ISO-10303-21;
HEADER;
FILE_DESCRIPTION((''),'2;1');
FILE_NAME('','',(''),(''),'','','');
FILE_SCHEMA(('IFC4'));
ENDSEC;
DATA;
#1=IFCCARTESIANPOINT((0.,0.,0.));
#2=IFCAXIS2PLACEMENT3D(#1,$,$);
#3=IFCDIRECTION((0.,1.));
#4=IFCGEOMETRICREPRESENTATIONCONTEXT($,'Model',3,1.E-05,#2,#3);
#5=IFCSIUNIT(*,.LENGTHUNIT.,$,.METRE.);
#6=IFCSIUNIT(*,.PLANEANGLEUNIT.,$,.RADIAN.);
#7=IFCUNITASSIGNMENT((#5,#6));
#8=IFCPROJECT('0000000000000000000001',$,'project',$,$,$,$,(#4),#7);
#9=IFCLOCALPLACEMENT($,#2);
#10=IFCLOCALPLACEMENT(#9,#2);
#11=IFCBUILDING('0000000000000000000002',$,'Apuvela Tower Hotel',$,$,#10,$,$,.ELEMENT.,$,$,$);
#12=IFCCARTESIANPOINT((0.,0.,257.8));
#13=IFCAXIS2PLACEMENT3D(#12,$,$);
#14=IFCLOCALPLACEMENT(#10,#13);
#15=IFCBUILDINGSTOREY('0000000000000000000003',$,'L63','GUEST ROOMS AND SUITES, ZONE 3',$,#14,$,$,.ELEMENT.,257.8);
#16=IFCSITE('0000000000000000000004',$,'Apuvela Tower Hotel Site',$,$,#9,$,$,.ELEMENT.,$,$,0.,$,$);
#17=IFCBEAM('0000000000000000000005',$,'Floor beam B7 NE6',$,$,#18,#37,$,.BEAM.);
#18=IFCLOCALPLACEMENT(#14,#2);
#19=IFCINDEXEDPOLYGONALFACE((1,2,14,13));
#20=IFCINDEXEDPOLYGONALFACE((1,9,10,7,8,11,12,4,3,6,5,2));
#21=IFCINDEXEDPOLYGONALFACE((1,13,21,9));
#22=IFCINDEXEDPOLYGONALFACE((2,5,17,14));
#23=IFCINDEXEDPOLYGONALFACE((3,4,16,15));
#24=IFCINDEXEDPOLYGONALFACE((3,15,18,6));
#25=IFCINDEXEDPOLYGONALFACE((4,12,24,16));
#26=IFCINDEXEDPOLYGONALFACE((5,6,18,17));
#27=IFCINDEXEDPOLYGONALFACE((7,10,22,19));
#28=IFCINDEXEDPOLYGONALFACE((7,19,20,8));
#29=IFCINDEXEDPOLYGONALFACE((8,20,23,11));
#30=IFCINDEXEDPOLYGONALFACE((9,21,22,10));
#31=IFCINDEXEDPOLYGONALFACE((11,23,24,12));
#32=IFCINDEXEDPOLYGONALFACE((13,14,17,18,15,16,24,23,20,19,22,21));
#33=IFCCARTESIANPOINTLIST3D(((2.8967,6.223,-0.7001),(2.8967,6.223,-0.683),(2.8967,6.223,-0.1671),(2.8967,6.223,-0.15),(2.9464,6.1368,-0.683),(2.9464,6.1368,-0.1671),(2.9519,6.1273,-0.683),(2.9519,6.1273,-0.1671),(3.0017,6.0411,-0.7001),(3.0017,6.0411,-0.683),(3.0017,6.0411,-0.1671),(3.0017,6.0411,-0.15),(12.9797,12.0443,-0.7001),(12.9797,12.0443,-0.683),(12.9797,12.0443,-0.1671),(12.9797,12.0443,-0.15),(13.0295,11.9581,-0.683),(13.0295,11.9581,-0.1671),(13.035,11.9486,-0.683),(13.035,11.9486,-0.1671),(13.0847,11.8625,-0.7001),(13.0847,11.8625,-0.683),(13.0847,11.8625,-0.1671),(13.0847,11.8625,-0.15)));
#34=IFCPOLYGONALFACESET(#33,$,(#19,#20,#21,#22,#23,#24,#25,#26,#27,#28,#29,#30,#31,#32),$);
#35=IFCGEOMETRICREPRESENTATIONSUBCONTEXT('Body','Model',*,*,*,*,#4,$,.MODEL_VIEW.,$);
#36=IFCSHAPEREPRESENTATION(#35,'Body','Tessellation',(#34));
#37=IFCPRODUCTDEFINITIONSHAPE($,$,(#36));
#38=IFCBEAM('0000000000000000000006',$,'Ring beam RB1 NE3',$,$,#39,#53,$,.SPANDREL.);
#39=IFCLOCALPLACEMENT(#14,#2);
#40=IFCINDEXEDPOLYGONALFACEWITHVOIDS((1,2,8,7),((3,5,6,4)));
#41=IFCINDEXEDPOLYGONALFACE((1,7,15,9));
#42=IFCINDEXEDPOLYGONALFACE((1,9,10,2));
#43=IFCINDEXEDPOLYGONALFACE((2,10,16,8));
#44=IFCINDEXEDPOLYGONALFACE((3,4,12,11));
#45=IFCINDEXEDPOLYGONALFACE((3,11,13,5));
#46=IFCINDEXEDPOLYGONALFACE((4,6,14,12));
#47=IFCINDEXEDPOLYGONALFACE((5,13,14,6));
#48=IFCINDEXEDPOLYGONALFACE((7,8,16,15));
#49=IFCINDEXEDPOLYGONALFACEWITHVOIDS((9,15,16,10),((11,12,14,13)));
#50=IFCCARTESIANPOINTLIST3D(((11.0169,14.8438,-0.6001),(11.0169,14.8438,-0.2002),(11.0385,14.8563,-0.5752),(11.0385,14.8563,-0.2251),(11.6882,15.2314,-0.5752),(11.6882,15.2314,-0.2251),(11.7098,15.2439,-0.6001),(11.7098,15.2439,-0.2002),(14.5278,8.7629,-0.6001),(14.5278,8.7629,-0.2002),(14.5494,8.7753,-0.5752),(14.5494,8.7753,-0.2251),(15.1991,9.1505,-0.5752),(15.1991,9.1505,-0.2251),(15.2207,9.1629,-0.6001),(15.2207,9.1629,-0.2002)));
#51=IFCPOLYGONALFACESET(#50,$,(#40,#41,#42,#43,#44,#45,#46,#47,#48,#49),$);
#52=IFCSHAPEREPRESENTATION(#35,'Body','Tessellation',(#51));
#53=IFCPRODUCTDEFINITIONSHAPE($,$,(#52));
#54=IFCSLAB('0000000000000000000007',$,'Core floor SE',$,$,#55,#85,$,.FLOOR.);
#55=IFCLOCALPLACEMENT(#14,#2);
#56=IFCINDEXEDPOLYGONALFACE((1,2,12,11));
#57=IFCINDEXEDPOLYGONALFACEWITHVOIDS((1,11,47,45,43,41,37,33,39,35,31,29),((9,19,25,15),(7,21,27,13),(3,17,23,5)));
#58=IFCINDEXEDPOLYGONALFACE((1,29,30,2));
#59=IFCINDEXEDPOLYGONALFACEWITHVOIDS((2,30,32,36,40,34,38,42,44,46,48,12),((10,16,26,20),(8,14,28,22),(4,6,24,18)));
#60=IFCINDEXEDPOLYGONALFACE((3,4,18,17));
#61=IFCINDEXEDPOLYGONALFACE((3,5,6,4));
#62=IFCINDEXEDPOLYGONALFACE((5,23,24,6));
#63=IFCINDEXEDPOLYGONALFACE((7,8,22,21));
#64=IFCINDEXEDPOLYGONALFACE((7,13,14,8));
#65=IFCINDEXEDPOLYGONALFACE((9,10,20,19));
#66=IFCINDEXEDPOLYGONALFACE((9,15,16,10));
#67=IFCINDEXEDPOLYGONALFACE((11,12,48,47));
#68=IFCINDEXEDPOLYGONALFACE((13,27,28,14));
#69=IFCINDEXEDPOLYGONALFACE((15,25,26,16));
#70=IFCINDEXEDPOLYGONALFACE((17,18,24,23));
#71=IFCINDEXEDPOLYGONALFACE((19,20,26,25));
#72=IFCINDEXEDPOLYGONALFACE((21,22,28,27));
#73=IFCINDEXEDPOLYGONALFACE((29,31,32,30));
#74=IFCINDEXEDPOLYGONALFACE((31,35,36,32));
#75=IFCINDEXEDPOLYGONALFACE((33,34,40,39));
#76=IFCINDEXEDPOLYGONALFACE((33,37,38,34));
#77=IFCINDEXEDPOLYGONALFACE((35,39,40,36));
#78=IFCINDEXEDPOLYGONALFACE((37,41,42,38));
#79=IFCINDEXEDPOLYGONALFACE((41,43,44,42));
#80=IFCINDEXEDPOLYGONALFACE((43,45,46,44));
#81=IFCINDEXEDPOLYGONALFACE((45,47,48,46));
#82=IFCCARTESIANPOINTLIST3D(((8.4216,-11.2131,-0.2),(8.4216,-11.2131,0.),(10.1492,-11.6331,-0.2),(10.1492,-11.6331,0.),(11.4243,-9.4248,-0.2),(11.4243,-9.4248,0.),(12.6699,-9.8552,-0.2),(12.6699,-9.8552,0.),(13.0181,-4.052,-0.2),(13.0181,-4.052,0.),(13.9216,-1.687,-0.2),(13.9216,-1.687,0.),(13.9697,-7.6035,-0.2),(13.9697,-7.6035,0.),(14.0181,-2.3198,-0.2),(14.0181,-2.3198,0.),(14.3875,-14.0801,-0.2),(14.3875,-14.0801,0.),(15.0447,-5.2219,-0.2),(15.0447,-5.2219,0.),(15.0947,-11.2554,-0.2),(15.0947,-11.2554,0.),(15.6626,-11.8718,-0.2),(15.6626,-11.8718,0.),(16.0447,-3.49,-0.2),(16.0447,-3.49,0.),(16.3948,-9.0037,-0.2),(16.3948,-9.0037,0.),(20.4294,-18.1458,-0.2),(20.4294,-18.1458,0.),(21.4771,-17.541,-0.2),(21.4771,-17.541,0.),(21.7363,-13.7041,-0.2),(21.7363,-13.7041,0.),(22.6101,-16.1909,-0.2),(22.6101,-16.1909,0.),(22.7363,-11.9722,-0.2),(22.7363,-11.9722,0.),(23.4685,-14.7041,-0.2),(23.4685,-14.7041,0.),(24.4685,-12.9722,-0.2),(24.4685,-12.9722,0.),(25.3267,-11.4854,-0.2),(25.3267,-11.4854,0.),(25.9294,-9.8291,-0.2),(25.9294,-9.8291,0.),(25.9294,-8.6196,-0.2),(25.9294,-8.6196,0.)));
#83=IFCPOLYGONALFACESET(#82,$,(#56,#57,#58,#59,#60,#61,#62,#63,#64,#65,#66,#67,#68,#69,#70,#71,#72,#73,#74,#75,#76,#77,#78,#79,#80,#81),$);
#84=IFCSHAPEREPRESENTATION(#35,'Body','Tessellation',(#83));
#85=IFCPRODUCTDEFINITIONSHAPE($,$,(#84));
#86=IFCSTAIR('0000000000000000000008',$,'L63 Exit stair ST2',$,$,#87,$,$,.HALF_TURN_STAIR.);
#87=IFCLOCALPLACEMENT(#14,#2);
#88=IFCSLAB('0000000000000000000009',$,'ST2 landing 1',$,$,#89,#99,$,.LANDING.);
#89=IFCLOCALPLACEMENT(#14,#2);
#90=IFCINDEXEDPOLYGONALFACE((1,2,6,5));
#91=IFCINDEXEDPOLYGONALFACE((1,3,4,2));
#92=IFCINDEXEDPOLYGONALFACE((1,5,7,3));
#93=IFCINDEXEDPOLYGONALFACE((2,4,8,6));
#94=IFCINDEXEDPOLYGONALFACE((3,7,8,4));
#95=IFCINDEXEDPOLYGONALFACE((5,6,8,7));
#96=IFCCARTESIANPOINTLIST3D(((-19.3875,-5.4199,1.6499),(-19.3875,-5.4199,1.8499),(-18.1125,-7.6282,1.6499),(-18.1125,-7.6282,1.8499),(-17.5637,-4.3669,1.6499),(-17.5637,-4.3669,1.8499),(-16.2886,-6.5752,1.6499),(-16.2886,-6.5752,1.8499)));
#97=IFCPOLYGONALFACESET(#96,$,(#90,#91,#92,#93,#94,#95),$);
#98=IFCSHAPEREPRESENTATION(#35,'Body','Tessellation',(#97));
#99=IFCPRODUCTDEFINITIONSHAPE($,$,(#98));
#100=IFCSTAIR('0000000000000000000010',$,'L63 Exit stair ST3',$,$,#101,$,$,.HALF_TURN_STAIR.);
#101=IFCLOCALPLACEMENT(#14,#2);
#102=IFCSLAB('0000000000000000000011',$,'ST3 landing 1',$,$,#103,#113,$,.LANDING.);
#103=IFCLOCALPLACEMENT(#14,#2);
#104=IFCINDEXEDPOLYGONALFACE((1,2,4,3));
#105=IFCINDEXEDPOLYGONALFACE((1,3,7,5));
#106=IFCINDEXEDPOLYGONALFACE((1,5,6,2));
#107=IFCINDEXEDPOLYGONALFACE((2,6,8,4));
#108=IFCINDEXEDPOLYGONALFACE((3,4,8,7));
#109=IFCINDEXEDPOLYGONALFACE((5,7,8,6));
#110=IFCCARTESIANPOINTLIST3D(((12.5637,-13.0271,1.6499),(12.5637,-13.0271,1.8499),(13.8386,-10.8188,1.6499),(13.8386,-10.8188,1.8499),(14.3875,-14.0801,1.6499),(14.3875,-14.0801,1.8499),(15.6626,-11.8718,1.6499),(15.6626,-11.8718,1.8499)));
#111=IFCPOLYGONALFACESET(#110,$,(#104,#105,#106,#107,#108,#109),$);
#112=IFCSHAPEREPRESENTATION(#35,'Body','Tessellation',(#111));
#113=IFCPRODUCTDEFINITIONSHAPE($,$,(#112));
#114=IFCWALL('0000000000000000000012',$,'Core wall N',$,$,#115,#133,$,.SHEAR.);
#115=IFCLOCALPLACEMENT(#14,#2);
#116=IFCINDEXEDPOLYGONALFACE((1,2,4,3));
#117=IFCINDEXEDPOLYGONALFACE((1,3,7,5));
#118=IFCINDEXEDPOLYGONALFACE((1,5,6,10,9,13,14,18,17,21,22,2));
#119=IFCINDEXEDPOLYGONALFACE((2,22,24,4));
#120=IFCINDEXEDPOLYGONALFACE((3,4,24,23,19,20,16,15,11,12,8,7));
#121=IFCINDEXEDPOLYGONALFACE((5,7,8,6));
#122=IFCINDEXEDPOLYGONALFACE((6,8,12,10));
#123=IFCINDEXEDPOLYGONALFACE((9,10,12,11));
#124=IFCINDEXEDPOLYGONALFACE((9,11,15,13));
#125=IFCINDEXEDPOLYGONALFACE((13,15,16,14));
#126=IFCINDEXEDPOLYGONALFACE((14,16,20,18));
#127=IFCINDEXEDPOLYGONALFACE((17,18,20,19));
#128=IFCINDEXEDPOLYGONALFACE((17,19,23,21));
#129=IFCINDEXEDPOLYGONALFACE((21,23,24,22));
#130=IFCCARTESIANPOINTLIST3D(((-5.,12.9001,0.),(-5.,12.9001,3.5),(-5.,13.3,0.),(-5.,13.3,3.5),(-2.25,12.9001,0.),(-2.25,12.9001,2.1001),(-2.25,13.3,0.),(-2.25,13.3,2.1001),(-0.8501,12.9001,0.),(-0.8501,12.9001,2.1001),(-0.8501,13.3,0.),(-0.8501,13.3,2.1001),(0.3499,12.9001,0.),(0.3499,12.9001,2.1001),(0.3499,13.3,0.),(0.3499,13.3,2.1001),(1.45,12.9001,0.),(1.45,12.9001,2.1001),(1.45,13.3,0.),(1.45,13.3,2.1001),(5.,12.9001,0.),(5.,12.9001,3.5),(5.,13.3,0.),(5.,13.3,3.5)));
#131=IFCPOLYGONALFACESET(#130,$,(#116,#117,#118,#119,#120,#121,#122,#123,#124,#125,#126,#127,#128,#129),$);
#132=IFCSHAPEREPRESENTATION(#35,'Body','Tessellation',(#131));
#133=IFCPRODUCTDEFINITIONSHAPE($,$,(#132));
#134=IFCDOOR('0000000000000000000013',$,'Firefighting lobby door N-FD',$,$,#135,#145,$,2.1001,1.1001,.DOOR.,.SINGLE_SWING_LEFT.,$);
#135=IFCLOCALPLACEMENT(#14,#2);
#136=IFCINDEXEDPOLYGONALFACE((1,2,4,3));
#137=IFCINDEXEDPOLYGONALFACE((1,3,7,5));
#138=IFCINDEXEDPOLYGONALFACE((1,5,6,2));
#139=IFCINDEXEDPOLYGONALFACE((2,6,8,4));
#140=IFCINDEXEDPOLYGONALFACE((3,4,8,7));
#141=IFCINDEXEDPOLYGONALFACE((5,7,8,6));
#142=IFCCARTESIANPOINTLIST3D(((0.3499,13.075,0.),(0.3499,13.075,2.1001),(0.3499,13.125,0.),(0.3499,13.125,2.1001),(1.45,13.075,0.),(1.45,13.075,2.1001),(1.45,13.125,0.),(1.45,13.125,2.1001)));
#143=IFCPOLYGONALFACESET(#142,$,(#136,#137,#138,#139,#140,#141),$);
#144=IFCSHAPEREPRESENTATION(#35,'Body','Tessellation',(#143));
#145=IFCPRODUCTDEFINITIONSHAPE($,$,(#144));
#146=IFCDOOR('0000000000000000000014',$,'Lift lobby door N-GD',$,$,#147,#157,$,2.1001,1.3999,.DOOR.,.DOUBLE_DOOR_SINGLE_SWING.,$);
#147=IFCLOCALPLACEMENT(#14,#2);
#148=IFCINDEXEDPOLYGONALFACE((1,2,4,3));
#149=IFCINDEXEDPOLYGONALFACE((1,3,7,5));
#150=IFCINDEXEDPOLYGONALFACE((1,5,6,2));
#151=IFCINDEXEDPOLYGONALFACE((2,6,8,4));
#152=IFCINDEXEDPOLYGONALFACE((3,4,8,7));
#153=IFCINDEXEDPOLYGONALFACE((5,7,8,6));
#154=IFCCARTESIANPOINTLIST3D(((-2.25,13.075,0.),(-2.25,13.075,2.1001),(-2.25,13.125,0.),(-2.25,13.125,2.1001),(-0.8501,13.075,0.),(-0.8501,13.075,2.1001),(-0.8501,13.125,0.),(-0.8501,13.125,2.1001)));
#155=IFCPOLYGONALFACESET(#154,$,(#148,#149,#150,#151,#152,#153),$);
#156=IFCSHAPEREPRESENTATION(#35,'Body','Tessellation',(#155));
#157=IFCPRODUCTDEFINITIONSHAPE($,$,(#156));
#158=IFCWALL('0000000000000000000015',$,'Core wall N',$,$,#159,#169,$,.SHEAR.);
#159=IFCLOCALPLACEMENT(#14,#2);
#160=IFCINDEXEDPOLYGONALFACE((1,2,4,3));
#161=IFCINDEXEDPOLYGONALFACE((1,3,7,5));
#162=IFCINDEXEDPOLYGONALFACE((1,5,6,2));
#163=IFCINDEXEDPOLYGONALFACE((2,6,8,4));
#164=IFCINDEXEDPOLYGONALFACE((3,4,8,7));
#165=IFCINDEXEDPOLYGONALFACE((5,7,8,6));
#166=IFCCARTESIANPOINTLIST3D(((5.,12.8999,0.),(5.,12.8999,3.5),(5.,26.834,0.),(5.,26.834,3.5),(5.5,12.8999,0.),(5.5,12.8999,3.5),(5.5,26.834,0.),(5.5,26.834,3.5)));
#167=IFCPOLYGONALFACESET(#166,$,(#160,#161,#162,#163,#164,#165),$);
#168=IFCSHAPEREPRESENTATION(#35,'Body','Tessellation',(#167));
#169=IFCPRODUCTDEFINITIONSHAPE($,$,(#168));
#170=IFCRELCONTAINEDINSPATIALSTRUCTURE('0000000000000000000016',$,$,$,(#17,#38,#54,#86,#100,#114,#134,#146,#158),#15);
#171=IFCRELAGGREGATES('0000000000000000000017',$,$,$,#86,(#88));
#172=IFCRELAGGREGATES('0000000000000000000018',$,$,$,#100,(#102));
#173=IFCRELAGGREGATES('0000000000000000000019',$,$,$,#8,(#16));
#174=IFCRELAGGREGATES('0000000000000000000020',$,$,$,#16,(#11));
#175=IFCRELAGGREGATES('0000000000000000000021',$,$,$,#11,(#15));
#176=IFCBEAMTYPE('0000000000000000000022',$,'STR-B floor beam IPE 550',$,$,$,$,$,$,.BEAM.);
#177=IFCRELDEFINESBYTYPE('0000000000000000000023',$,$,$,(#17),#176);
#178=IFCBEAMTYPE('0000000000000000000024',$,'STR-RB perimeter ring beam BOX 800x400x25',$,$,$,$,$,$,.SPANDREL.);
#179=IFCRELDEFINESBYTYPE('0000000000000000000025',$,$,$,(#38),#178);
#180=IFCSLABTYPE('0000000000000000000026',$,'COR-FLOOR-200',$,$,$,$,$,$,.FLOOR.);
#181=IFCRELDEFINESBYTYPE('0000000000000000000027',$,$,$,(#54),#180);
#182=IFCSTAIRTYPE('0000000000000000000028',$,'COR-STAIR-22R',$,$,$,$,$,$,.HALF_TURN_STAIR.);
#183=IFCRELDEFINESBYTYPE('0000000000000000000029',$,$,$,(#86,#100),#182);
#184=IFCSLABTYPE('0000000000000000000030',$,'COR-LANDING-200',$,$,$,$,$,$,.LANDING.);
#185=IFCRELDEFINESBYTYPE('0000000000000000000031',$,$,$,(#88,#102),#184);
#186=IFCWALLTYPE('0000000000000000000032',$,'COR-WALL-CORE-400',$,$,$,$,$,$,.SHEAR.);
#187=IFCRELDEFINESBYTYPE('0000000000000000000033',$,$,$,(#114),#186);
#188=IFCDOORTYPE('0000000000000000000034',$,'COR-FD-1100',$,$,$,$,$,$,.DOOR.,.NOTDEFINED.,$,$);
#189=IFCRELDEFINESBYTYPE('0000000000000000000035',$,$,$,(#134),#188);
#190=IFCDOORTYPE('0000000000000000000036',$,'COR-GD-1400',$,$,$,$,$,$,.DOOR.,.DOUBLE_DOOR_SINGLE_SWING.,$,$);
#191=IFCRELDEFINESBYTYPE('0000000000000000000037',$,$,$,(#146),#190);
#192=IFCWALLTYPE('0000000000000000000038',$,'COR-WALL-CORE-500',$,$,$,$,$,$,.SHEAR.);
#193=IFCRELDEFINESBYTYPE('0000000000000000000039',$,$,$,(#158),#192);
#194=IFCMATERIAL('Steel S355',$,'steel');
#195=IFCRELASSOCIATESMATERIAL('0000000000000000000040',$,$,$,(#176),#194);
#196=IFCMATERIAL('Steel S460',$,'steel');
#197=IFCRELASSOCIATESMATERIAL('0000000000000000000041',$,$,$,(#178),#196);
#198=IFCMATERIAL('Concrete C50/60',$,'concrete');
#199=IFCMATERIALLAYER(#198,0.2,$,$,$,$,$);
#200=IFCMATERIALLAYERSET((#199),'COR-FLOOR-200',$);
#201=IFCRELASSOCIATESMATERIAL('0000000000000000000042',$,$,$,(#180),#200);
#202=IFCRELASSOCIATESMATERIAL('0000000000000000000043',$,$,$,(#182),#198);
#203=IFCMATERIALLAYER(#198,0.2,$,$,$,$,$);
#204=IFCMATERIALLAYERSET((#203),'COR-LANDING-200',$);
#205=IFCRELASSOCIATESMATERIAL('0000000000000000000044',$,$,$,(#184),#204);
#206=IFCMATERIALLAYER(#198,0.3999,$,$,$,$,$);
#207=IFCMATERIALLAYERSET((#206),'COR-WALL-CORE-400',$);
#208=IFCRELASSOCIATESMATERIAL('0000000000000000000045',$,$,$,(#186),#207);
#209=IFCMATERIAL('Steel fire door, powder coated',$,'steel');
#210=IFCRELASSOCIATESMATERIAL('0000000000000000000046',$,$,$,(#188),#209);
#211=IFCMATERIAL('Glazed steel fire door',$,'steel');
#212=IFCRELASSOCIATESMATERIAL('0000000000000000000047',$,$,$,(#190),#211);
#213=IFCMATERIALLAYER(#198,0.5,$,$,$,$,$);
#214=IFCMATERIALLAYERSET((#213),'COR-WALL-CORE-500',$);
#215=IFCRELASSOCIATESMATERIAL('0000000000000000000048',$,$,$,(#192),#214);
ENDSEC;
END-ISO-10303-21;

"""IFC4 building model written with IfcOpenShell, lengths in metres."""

from ifc_helpers import new_model, si_unit, direction, frame, frame_2d, origin, origin_2d, place, context, subcontext, project, spatial, polyline, rectangle, hollow_rectangle, i_section, outline, extrude, material, layer, layer_set, material_profile, profile_set, type_object, element, fill, aggregate, save


model = new_model("IFC4")

# Units and contexts
model_context = context("Model", 3, precision=1e-05, world=origin(), true_north=direction((0.0, 1.0)))
body_context = subcontext(model_context, "Body", "Model", "MODEL_VIEW")
ifc_project = project(units=[si_unit("LENGTHUNIT", "METRE"), si_unit("PLANEANGLEUNIT", "RADIAN")], contexts=[model_context])

# Site, building, storey
site_placement = place(None, origin())
site = spatial("IfcSite", under=ifc_project, at=site_placement, Name="Apuvela Tower Hotel Site", CompositionType="ELEMENT", RefElevation=0.0)
building_placement = place(site_placement, origin())
building = spatial("IfcBuilding", under=site, at=building_placement, Name="Apuvela Tower Hotel", CompositionType="ELEMENT")
storey_placement = place(building_placement, frame((0.0, 0.0, 257.8)))
storey = spatial("IfcBuildingStorey", under=building, at=storey_placement, Name="L63", Description="GUEST ROOMS AND SUITES, ZONE 3", CompositionType="ELEMENT", Elevation=257.8)

# Beams
ifc_material_1 = material(Name="Steel S355", Category="steel")
ifc_material_profile_1 = material_profile(ifc_material_1, i_section(OverallWidth=0.21, OverallDepth=0.55, WebThickness=0.011, FlangeThickness=0.0171, at=origin_2d()), Name="IPE 550")
ifc_profile_set_1 = profile_set([ifc_material_profile_1], Name="Steel S355")
beam_type_1 = type_object("IfcBeamType", Name="STR-B floor beam IPE 550", PredefinedType="BEAM", material=ifc_profile_set_1)
beam_1_placement = place(storey_placement, frame((13.0322, 11.9534, -0.425), z_axis=(-0.866031, -0.499991, 0.0), x_axis=(0.499991, -0.866031, 0.0)))
element("IfcBeam", 1, at=beam_1_placement, inside=storey, type_object=beam_type_1, Name="Floor beam B7 NE6", PredefinedType="BEAM", context=body_context, shape_type="SweptSolid", body=[
    extrude(i_section(OverallWidth=0.21, OverallDepth=0.55, WebThickness=0.011, FlangeThickness=0.0171, at=origin_2d()), origin(), (0.0, 0.0, 1.0), 11.6428),
])
ifc_material_2 = material(Name="Steel S460", Category="steel")
ifc_material_profile_2 = material_profile(ifc_material_2, hollow_rectangle(XDim=0.8, YDim=0.3999, WallThickness=0.0249, at=origin_2d()), Name="BOX 800x400x25")
ifc_profile_set_2 = profile_set([ifc_material_profile_2], Name="Steel S460")
beam_type_2 = type_object("IfcBeamType", Name="STR-RB perimeter ring beam BOX 800x400x25", PredefinedType="SPANDREL", material=ifc_profile_set_2)
beam_2_placement = place(storey_placement, frame((14.8743, 8.9629, -0.4001), z_axis=(-0.500009, 0.86602, 0.0), x_axis=(-0.86602, -0.500009, 0.0)))
element("IfcBeam", 2, at=beam_2_placement, inside=storey, type_object=beam_type_2, Name="Ring beam RB1 NE3", PredefinedType="SPANDREL", context=body_context, shape_type="SweptSolid", body=[
    extrude(hollow_rectangle(XDim=0.8, YDim=0.3999, WallThickness=0.0249, at=origin_2d()), origin(), (0.0, 0.0, 1.0), 7.0217),
])

# Slab
ifc_material_3 = material(Name="Concrete C50/60", Category="concrete")
ifc_layer_1 = layer(ifc_material_3, 0.2)
ifc_layer_set_1 = layer_set([ifc_layer_1], Name="COR-FLOOR-200")
slab_type_1 = type_object("IfcSlabType", Name="COR-FLOOR-200", PredefinedType="FLOOR", material=ifc_layer_set_1)
slab_1_placement = place(storey_placement, frame((0.0, 0.0, -0.2)))
element("IfcSlab", 3, at=slab_1_placement, inside=storey, type_object=slab_type_1, Name="Core floor SE", PredefinedType="FLOOR", context=body_context, shape_type="SweptSolid", body=[
    extrude(outline(polyline([(20.4294, -18.1458), (21.4771, -17.541), (22.6101, -16.1909), (23.4685, -14.7041), (21.7363, -13.7041), (22.7363, -11.9722), (24.4685, -12.9722), (25.3267, -11.4854), (25.9294, -9.8291), (25.9294, -8.6196), (13.9216, -1.687), (8.4216, -11.2131), (20.4294, -18.1458)]), holes=[polyline([(14.0181, -2.3198), (16.0447, -3.49), (15.0447, -5.2219), (13.0181, -4.052), (14.0181, -2.3198)]), polyline([(10.1492, -11.6331), (11.4243, -9.4248), (15.6626, -11.8718), (14.3875, -14.0801), (10.1492, -11.6331)]), polyline([(12.6699, -9.8552), (13.9697, -7.6035), (16.3948, -9.0037), (15.0947, -11.2554), (12.6699, -9.8552)])]), origin(), (0.0, 0.0, 1.0), 0.2),
])

# Stairs, slabs
stair_type = type_object("IfcStairType", Name="COR-STAIR-22R", PredefinedType="HALF_TURN_STAIR", material=ifc_material_3)
stair_1_placement = place(storey_placement, origin())
stair_1 = element("IfcStair", 4, at=stair_1_placement, inside=storey, type_object=stair_type, Name="L63 Exit stair ST2", PredefinedType="HALF_TURN_STAIR")
ifc_layer_2 = layer(ifc_material_3, 0.2)
ifc_layer_set_2 = layer_set([ifc_layer_2], Name="COR-LANDING-200")
slab_type_2 = type_object("IfcSlabType", Name="COR-LANDING-200", PredefinedType="LANDING", material=ifc_layer_set_2)
slab_2_placement = place(storey_placement, frame((0.0, 0.0, 1.6499)))
slab_2 = element("IfcSlab", 5, at=slab_2_placement, type_object=slab_type_2, Name="ST2 landing 1", PredefinedType="LANDING", context=body_context, shape_type="SweptSolid", body=[
    extrude(outline(polyline([(-17.5637, -4.3669), (-19.3875, -5.4199), (-18.1125, -7.6282), (-16.2886, -6.5752), (-17.5637, -4.3669)])), origin(), (0.0, 0.0, 1.0), 0.2),
])
aggregate(stair_1, [slab_2])
stair_2_placement = place(storey_placement, origin())
stair_2 = element("IfcStair", 6, at=stair_2_placement, inside=storey, type_object=stair_type, Name="L63 Exit stair ST3", PredefinedType="HALF_TURN_STAIR")
slab_3_placement = place(storey_placement, frame((0.0, 0.0, 1.6499)))
slab_3 = element("IfcSlab", 7, at=slab_3_placement, type_object=slab_type_2, Name="ST3 landing 1", PredefinedType="LANDING", context=body_context, shape_type="SweptSolid", body=[
    extrude(outline(polyline([(12.5637, -13.0271), (14.3875, -14.0801), (15.6626, -11.8718), (13.8386, -10.8188), (12.5637, -13.0271)])), origin(), (0.0, 0.0, 1.0), 0.2),
])
aggregate(stair_2, [slab_3])

# Wall, openings, doors
ifc_layer_3 = layer(ifc_material_3, 0.3999)
ifc_layer_set_3 = layer_set([ifc_layer_3], Name="COR-WALL-CORE-400")
wall_type_1 = type_object("IfcWallType", Name="COR-WALL-CORE-400", PredefinedType="SHEAR", material=ifc_layer_set_3)
wall_1_placement = place(storey_placement, frame((5.0, 13.1001, 0.0), z_axis=(0.0, 0.0, 1.0), x_axis=(-1.0, 0.0, 0.0)))
wall_1 = element("IfcWall", 8, at=wall_1_placement, inside=storey, type_object=wall_type_1, Name="Core wall N", PredefinedType="SHEAR", context=body_context, shape_type="SweptSolid", body=[
    extrude(rectangle(XDim=10.0, YDim=0.3999, at=frame_2d((5.0, 0.0))), origin(), (0.0, 0.0, 1.0), 3.5),
])
opening_1_placement = place(wall_1_placement, frame((3.55, 0.0, 0.0)))
opening_1 = element("IfcOpeningElement", 9, at=opening_1_placement, cuts=wall_1, PredefinedType="OPENING", context=body_context, shape_type="SweptSolid", body=[
    extrude(rectangle(XDim=1.1001, YDim=2.1001, at=frame_2d((0.55, 1.05))), frame((0.0, 0.21, 0.0), z_axis=(0.0, -1.0, 0.0), x_axis=(1.0, 0.0, 0.0)), (0.0, 0.0, 1.0), 0.4199),
])
opening_2_placement = place(wall_1_placement, frame((5.8501, 0.0, 0.0)))
opening_2 = element("IfcOpeningElement", 10, at=opening_2_placement, cuts=wall_1, PredefinedType="OPENING", context=body_context, shape_type="SweptSolid", body=[
    extrude(rectangle(XDim=1.3999, YDim=2.1001, at=frame_2d((0.7, 1.05))), frame((0.0, 0.21, 0.0), z_axis=(0.0, -1.0, 0.0), x_axis=(1.0, 0.0, 0.0)), (0.0, 0.0, 1.0), 0.4199),
])
ifc_material_4 = material(Name="Steel fire door, powder coated", Category="steel")
door_type_1 = type_object("IfcDoorType", Name="COR-FD-1100", OperationType="NOTDEFINED", PredefinedType="DOOR", material=ifc_material_4)
door_1_placement = place(opening_1_placement, frame((1.1001, 0.0, 0.0), z_axis=(0.0, 0.0, 1.0), x_axis=(-1.0, 0.0, 0.0)))
door_1 = element("IfcDoor", 11, at=door_1_placement, inside=storey, type_object=door_type_1, Name="Firefighting lobby door N-FD", OperationType="SINGLE_SWING_LEFT", OverallHeight=2.1001, OverallWidth=1.1001, PredefinedType="DOOR", context=body_context, shape_type="SweptSolid", body=[
    extrude(rectangle(XDim=1.1001, YDim=2.1001, at=frame_2d((0.55, 1.05))), frame((0.0, 0.0249, 0.0), z_axis=(0.0, -1.0, 0.0), x_axis=(1.0, 0.0, 0.0)), (0.0, 0.0, 1.0), 0.05),
])
fill(opening_1, door_1)
ifc_material_5 = material(Name="Glazed steel fire door", Category="steel")
door_type_2 = type_object("IfcDoorType", Name="COR-GD-1400", OperationType="DOUBLE_DOOR_SINGLE_SWING", PredefinedType="DOOR", material=ifc_material_5)
door_2_placement = place(opening_2_placement, frame((1.3999, 0.0, 0.0), z_axis=(0.0, 0.0, 1.0), x_axis=(-1.0, 0.0, 0.0)))
door_2 = element("IfcDoor", 12, at=door_2_placement, inside=storey, type_object=door_type_2, Name="Lift lobby door N-GD", OperationType="DOUBLE_DOOR_SINGLE_SWING", OverallHeight=2.1001, OverallWidth=1.3999, PredefinedType="DOOR", context=body_context, shape_type="SweptSolid", body=[
    extrude(rectangle(XDim=1.3999, YDim=2.1001, at=frame_2d((0.7, 1.05))), frame((0.0, 0.0249, 0.0), z_axis=(0.0, -1.0, 0.0), x_axis=(1.0, 0.0, 0.0)), (0.0, 0.0, 1.0), 0.05),
])
fill(opening_2, door_2)

# Wall
ifc_layer_4 = layer(ifc_material_3, 0.5)
ifc_layer_set_4 = layer_set([ifc_layer_4], Name="COR-WALL-CORE-500")
wall_type_2 = type_object("IfcWallType", Name="COR-WALL-CORE-500", PredefinedType="SHEAR", material=ifc_layer_set_4)
wall_2_placement = place(storey_placement, frame((5.25, 12.8999, 0.0), z_axis=(0.0, 0.0, 1.0), x_axis=(0.0, 1.0, 0.0)))
element("IfcWall", 13, at=wall_2_placement, inside=storey, type_object=wall_type_2, Name="Core wall N", PredefinedType="SHEAR", context=body_context, shape_type="SweptSolid", body=[
    extrude(rectangle(XDim=13.9341, YDim=0.5, at=frame_2d((6.967, 0.0))), origin(), (0.0, 0.0, 1.0), 3.5),
])

save(model, "model.ifc")
